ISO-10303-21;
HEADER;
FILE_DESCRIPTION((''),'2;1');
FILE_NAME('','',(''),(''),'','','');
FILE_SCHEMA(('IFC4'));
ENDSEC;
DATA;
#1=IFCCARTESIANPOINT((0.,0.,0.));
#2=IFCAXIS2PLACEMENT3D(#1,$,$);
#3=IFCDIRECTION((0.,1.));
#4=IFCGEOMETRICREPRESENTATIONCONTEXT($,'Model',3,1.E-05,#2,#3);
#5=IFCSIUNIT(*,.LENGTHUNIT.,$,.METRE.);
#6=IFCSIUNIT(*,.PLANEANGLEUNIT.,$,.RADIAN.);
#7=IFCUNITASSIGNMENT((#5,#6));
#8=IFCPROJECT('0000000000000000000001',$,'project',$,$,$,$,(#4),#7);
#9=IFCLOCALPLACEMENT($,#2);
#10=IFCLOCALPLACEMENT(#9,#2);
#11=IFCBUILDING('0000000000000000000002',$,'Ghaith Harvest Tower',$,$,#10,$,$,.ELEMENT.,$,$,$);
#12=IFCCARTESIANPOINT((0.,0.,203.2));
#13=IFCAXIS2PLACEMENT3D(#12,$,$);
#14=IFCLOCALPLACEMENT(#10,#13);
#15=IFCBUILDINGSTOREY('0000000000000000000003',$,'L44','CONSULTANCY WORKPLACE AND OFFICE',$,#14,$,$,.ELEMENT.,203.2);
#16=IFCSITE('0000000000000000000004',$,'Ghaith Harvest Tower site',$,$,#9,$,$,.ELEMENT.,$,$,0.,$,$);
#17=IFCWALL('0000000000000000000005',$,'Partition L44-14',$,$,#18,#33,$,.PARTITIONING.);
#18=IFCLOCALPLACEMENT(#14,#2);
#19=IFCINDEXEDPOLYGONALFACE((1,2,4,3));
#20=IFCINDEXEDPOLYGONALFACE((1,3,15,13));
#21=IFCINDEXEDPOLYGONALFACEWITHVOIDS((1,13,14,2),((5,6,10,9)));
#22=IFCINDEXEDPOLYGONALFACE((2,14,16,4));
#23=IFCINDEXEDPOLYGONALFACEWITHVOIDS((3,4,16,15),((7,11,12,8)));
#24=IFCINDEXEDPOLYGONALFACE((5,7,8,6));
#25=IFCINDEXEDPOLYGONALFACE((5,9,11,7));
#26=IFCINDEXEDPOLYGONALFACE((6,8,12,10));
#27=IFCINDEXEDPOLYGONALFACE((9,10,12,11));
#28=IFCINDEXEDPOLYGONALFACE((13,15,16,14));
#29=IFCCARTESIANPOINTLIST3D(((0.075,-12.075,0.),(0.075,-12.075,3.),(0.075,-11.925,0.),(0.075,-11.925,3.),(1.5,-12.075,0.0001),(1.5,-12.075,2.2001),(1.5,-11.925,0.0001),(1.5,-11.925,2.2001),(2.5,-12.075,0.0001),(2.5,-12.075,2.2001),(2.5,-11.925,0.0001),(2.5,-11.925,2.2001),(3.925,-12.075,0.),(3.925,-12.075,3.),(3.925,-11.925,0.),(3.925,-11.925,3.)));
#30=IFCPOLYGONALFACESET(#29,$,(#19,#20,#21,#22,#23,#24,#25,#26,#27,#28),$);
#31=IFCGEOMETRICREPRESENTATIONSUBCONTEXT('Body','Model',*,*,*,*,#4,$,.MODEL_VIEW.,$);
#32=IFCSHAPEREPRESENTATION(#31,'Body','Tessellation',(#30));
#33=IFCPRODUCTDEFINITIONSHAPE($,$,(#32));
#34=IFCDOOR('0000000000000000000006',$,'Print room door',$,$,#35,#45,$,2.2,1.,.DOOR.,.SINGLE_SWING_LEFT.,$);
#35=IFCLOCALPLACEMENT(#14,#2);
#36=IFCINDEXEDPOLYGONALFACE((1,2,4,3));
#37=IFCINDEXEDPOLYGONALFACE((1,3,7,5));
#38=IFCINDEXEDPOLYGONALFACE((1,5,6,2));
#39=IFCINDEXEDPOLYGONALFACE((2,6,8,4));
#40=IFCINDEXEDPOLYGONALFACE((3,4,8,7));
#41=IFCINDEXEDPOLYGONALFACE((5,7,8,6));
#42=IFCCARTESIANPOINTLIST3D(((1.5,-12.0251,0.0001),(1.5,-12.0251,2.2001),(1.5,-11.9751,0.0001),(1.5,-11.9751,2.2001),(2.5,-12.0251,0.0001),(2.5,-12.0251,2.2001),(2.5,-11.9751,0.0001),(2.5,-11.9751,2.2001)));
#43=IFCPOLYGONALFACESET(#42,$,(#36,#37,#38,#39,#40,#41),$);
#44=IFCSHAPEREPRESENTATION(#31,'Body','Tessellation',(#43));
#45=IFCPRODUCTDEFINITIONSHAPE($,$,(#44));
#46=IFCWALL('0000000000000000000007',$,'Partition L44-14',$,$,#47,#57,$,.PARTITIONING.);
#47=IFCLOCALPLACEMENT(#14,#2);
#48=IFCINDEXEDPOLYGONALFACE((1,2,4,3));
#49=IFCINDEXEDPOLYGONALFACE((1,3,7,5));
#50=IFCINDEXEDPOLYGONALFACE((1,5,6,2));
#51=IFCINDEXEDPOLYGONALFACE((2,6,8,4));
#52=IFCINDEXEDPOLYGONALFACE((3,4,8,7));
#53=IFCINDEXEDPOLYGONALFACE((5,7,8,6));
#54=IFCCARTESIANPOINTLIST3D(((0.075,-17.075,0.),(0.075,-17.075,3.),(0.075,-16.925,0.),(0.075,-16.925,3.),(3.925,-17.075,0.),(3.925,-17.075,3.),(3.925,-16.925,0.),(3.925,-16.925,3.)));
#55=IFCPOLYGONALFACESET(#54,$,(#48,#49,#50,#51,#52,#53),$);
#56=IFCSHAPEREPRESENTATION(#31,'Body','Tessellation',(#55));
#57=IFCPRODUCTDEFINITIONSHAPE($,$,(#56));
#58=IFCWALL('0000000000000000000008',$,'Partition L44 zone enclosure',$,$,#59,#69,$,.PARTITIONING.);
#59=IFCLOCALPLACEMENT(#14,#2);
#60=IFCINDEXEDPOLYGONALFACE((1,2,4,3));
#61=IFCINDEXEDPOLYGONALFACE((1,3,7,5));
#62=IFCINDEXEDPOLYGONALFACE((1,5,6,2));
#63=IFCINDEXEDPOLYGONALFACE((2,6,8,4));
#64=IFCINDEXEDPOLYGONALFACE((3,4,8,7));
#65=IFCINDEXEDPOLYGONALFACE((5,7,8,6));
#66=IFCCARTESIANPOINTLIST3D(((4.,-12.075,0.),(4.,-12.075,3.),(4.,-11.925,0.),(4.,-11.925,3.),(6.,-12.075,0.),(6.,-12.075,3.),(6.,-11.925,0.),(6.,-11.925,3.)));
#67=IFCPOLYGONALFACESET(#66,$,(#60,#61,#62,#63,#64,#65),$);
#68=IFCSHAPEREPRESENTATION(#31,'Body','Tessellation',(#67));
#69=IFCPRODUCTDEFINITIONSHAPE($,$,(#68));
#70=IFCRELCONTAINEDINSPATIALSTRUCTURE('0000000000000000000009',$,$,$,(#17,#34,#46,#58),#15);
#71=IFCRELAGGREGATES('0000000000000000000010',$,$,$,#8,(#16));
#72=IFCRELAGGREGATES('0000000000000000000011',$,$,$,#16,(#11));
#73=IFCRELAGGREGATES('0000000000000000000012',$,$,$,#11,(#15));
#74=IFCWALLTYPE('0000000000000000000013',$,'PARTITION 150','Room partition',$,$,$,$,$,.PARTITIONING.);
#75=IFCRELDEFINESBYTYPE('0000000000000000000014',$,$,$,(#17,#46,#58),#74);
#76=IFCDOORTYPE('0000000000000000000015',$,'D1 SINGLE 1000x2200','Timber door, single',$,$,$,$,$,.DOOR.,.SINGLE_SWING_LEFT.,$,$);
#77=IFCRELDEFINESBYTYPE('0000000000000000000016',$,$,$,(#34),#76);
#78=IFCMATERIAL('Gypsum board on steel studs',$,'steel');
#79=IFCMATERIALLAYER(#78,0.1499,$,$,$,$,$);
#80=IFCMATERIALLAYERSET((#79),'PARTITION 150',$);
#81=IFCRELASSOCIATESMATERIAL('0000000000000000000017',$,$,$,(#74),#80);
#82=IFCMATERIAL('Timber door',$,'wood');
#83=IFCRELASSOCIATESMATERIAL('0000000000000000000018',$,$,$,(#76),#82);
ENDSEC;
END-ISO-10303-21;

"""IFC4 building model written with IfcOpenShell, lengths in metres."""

from ifc_helpers import new_model, si_unit, direction, frame, frame_2d, origin, place, context, subcontext, project, spatial, rectangle, extrude, material, layer, layer_set, type_object, element, fill, save


model = new_model("IFC4")

# Units and contexts
model_context = context("Model", 3, precision=1e-05, world=origin(), true_north=direction((0.0, 1.0)))
body_context = subcontext(model_context, "Body", "Model", "MODEL_VIEW")
ifc_project = project(units=[si_unit("LENGTHUNIT", "METRE"), si_unit("PLANEANGLEUNIT", "RADIAN")], contexts=[model_context])

# Site, building, storey
site_placement = place(None, origin())
site = spatial("IfcSite", under=ifc_project, at=site_placement, Name="Ghaith Harvest Tower site", CompositionType="ELEMENT", RefElevation=0.0)
building_placement = place(site_placement, origin())
building = spatial("IfcBuilding", under=site, at=building_placement, Name="Ghaith Harvest Tower", CompositionType="ELEMENT")
storey_placement = place(building_placement, frame((0.0, 0.0, 203.2)))
storey = spatial("IfcBuildingStorey", under=building, at=storey_placement, Name="L44", Description="CONSULTANCY WORKPLACE AND OFFICE", CompositionType="ELEMENT", Elevation=203.2)

# Shared definitions
ifc_material_1 = material(Name="Gypsum board on steel studs", Category="steel")
ifc_layer_1 = layer(ifc_material_1, 0.1499)
ifc_layer_set_1 = layer_set([ifc_layer_1], Name="PARTITION 150")
wall_type_1 = type_object("IfcWallType", Name="PARTITION 150", Description="Room partition", PredefinedType="PARTITIONING", material=ifc_layer_set_1)

# Wall, opening, door
wall_1_placement = place(storey_placement, frame((0.075, -12.0, 0.0), z_axis=(0.0, 0.0, 1.0), x_axis=(1.0, 0.0, 0.0)))
wall_1 = element("IfcWall", 1, at=wall_1_placement, inside=storey, type_object=wall_type_1, Name="Partition L44-14", PredefinedType="PARTITIONING", context=body_context, shape_type="SweptSolid", body=[
    extrude(rectangle(XDim=3.8501, YDim=0.1499, at=frame_2d((1.925, 0.0))), origin(), (0.0, 0.0, 1.0), 3.0),
])
opening_1_placement = place(wall_1_placement, frame((1.425, 0.0, 0.0)))
opening_1 = element("IfcOpeningElement", 2, at=opening_1_placement, cuts=wall_1, PredefinedType="OPENING", context=body_context, shape_type="SweptSolid", body=[
    extrude(rectangle(XDim=1.0, YDim=2.2, at=frame_2d((0.5, 1.1001))), frame((0.0, 0.085, 0.0), z_axis=(0.0, -1.0, 0.0), x_axis=(1.0, 0.0, 0.0)), (0.0, 0.0, 1.0), 0.1699),
])
ifc_material_2 = material(Name="Timber door", Category="wood")
door_type_1 = type_object("IfcDoorType", Name="D1 SINGLE 1000x2200", Description="Timber door, single", OperationType="SINGLE_SWING_LEFT", PredefinedType="DOOR", material=ifc_material_2)
door_1_placement = place(opening_1_placement, origin())
door_1 = element("IfcDoor", 3, at=door_1_placement, inside=storey, type_object=door_type_1, Name="Print room door", OperationType="SINGLE_SWING_LEFT", OverallHeight=2.2, OverallWidth=1.0, PredefinedType="DOOR", context=body_context, shape_type="SweptSolid", body=[
    extrude(rectangle(XDim=1.0, YDim=2.2, at=frame_2d((0.5, 1.1001))), frame((0.0, 0.0249, 0.0), z_axis=(0.0, -1.0, 0.0), x_axis=(1.0, 0.0, 0.0)), (0.0, 0.0, 1.0), 0.05),
])
fill(opening_1, door_1)

# Walls
wall_2_placement = place(storey_placement, frame((0.075, -17.0, 0.0), z_axis=(0.0, 0.0, 1.0), x_axis=(1.0, 0.0, 0.0)))
element("IfcWall", 4, at=wall_2_placement, inside=storey, type_object=wall_type_1, Name="Partition L44-14", PredefinedType="PARTITIONING", context=body_context, shape_type="SweptSolid", body=[
    extrude(rectangle(XDim=3.8501, YDim=0.1499, at=frame_2d((1.925, 0.0))), origin(), (0.0, 0.0, 1.0), 3.0),
])
wall_3_placement = place(storey_placement, frame((4.0, -12.0, 0.0), z_axis=(0.0, 0.0, 1.0), x_axis=(1.0, 0.0, 0.0)))
element("IfcWall", 5, at=wall_3_placement, inside=storey, type_object=wall_type_1, Name="Partition L44 zone enclosure", PredefinedType="PARTITIONING", context=body_context, shape_type="SweptSolid", body=[
    extrude(rectangle(XDim=2.0, YDim=0.1499, at=frame_2d((1.0, 0.0))), origin(), (0.0, 0.0, 1.0), 3.0),
])

save(model, "model.ifc")
